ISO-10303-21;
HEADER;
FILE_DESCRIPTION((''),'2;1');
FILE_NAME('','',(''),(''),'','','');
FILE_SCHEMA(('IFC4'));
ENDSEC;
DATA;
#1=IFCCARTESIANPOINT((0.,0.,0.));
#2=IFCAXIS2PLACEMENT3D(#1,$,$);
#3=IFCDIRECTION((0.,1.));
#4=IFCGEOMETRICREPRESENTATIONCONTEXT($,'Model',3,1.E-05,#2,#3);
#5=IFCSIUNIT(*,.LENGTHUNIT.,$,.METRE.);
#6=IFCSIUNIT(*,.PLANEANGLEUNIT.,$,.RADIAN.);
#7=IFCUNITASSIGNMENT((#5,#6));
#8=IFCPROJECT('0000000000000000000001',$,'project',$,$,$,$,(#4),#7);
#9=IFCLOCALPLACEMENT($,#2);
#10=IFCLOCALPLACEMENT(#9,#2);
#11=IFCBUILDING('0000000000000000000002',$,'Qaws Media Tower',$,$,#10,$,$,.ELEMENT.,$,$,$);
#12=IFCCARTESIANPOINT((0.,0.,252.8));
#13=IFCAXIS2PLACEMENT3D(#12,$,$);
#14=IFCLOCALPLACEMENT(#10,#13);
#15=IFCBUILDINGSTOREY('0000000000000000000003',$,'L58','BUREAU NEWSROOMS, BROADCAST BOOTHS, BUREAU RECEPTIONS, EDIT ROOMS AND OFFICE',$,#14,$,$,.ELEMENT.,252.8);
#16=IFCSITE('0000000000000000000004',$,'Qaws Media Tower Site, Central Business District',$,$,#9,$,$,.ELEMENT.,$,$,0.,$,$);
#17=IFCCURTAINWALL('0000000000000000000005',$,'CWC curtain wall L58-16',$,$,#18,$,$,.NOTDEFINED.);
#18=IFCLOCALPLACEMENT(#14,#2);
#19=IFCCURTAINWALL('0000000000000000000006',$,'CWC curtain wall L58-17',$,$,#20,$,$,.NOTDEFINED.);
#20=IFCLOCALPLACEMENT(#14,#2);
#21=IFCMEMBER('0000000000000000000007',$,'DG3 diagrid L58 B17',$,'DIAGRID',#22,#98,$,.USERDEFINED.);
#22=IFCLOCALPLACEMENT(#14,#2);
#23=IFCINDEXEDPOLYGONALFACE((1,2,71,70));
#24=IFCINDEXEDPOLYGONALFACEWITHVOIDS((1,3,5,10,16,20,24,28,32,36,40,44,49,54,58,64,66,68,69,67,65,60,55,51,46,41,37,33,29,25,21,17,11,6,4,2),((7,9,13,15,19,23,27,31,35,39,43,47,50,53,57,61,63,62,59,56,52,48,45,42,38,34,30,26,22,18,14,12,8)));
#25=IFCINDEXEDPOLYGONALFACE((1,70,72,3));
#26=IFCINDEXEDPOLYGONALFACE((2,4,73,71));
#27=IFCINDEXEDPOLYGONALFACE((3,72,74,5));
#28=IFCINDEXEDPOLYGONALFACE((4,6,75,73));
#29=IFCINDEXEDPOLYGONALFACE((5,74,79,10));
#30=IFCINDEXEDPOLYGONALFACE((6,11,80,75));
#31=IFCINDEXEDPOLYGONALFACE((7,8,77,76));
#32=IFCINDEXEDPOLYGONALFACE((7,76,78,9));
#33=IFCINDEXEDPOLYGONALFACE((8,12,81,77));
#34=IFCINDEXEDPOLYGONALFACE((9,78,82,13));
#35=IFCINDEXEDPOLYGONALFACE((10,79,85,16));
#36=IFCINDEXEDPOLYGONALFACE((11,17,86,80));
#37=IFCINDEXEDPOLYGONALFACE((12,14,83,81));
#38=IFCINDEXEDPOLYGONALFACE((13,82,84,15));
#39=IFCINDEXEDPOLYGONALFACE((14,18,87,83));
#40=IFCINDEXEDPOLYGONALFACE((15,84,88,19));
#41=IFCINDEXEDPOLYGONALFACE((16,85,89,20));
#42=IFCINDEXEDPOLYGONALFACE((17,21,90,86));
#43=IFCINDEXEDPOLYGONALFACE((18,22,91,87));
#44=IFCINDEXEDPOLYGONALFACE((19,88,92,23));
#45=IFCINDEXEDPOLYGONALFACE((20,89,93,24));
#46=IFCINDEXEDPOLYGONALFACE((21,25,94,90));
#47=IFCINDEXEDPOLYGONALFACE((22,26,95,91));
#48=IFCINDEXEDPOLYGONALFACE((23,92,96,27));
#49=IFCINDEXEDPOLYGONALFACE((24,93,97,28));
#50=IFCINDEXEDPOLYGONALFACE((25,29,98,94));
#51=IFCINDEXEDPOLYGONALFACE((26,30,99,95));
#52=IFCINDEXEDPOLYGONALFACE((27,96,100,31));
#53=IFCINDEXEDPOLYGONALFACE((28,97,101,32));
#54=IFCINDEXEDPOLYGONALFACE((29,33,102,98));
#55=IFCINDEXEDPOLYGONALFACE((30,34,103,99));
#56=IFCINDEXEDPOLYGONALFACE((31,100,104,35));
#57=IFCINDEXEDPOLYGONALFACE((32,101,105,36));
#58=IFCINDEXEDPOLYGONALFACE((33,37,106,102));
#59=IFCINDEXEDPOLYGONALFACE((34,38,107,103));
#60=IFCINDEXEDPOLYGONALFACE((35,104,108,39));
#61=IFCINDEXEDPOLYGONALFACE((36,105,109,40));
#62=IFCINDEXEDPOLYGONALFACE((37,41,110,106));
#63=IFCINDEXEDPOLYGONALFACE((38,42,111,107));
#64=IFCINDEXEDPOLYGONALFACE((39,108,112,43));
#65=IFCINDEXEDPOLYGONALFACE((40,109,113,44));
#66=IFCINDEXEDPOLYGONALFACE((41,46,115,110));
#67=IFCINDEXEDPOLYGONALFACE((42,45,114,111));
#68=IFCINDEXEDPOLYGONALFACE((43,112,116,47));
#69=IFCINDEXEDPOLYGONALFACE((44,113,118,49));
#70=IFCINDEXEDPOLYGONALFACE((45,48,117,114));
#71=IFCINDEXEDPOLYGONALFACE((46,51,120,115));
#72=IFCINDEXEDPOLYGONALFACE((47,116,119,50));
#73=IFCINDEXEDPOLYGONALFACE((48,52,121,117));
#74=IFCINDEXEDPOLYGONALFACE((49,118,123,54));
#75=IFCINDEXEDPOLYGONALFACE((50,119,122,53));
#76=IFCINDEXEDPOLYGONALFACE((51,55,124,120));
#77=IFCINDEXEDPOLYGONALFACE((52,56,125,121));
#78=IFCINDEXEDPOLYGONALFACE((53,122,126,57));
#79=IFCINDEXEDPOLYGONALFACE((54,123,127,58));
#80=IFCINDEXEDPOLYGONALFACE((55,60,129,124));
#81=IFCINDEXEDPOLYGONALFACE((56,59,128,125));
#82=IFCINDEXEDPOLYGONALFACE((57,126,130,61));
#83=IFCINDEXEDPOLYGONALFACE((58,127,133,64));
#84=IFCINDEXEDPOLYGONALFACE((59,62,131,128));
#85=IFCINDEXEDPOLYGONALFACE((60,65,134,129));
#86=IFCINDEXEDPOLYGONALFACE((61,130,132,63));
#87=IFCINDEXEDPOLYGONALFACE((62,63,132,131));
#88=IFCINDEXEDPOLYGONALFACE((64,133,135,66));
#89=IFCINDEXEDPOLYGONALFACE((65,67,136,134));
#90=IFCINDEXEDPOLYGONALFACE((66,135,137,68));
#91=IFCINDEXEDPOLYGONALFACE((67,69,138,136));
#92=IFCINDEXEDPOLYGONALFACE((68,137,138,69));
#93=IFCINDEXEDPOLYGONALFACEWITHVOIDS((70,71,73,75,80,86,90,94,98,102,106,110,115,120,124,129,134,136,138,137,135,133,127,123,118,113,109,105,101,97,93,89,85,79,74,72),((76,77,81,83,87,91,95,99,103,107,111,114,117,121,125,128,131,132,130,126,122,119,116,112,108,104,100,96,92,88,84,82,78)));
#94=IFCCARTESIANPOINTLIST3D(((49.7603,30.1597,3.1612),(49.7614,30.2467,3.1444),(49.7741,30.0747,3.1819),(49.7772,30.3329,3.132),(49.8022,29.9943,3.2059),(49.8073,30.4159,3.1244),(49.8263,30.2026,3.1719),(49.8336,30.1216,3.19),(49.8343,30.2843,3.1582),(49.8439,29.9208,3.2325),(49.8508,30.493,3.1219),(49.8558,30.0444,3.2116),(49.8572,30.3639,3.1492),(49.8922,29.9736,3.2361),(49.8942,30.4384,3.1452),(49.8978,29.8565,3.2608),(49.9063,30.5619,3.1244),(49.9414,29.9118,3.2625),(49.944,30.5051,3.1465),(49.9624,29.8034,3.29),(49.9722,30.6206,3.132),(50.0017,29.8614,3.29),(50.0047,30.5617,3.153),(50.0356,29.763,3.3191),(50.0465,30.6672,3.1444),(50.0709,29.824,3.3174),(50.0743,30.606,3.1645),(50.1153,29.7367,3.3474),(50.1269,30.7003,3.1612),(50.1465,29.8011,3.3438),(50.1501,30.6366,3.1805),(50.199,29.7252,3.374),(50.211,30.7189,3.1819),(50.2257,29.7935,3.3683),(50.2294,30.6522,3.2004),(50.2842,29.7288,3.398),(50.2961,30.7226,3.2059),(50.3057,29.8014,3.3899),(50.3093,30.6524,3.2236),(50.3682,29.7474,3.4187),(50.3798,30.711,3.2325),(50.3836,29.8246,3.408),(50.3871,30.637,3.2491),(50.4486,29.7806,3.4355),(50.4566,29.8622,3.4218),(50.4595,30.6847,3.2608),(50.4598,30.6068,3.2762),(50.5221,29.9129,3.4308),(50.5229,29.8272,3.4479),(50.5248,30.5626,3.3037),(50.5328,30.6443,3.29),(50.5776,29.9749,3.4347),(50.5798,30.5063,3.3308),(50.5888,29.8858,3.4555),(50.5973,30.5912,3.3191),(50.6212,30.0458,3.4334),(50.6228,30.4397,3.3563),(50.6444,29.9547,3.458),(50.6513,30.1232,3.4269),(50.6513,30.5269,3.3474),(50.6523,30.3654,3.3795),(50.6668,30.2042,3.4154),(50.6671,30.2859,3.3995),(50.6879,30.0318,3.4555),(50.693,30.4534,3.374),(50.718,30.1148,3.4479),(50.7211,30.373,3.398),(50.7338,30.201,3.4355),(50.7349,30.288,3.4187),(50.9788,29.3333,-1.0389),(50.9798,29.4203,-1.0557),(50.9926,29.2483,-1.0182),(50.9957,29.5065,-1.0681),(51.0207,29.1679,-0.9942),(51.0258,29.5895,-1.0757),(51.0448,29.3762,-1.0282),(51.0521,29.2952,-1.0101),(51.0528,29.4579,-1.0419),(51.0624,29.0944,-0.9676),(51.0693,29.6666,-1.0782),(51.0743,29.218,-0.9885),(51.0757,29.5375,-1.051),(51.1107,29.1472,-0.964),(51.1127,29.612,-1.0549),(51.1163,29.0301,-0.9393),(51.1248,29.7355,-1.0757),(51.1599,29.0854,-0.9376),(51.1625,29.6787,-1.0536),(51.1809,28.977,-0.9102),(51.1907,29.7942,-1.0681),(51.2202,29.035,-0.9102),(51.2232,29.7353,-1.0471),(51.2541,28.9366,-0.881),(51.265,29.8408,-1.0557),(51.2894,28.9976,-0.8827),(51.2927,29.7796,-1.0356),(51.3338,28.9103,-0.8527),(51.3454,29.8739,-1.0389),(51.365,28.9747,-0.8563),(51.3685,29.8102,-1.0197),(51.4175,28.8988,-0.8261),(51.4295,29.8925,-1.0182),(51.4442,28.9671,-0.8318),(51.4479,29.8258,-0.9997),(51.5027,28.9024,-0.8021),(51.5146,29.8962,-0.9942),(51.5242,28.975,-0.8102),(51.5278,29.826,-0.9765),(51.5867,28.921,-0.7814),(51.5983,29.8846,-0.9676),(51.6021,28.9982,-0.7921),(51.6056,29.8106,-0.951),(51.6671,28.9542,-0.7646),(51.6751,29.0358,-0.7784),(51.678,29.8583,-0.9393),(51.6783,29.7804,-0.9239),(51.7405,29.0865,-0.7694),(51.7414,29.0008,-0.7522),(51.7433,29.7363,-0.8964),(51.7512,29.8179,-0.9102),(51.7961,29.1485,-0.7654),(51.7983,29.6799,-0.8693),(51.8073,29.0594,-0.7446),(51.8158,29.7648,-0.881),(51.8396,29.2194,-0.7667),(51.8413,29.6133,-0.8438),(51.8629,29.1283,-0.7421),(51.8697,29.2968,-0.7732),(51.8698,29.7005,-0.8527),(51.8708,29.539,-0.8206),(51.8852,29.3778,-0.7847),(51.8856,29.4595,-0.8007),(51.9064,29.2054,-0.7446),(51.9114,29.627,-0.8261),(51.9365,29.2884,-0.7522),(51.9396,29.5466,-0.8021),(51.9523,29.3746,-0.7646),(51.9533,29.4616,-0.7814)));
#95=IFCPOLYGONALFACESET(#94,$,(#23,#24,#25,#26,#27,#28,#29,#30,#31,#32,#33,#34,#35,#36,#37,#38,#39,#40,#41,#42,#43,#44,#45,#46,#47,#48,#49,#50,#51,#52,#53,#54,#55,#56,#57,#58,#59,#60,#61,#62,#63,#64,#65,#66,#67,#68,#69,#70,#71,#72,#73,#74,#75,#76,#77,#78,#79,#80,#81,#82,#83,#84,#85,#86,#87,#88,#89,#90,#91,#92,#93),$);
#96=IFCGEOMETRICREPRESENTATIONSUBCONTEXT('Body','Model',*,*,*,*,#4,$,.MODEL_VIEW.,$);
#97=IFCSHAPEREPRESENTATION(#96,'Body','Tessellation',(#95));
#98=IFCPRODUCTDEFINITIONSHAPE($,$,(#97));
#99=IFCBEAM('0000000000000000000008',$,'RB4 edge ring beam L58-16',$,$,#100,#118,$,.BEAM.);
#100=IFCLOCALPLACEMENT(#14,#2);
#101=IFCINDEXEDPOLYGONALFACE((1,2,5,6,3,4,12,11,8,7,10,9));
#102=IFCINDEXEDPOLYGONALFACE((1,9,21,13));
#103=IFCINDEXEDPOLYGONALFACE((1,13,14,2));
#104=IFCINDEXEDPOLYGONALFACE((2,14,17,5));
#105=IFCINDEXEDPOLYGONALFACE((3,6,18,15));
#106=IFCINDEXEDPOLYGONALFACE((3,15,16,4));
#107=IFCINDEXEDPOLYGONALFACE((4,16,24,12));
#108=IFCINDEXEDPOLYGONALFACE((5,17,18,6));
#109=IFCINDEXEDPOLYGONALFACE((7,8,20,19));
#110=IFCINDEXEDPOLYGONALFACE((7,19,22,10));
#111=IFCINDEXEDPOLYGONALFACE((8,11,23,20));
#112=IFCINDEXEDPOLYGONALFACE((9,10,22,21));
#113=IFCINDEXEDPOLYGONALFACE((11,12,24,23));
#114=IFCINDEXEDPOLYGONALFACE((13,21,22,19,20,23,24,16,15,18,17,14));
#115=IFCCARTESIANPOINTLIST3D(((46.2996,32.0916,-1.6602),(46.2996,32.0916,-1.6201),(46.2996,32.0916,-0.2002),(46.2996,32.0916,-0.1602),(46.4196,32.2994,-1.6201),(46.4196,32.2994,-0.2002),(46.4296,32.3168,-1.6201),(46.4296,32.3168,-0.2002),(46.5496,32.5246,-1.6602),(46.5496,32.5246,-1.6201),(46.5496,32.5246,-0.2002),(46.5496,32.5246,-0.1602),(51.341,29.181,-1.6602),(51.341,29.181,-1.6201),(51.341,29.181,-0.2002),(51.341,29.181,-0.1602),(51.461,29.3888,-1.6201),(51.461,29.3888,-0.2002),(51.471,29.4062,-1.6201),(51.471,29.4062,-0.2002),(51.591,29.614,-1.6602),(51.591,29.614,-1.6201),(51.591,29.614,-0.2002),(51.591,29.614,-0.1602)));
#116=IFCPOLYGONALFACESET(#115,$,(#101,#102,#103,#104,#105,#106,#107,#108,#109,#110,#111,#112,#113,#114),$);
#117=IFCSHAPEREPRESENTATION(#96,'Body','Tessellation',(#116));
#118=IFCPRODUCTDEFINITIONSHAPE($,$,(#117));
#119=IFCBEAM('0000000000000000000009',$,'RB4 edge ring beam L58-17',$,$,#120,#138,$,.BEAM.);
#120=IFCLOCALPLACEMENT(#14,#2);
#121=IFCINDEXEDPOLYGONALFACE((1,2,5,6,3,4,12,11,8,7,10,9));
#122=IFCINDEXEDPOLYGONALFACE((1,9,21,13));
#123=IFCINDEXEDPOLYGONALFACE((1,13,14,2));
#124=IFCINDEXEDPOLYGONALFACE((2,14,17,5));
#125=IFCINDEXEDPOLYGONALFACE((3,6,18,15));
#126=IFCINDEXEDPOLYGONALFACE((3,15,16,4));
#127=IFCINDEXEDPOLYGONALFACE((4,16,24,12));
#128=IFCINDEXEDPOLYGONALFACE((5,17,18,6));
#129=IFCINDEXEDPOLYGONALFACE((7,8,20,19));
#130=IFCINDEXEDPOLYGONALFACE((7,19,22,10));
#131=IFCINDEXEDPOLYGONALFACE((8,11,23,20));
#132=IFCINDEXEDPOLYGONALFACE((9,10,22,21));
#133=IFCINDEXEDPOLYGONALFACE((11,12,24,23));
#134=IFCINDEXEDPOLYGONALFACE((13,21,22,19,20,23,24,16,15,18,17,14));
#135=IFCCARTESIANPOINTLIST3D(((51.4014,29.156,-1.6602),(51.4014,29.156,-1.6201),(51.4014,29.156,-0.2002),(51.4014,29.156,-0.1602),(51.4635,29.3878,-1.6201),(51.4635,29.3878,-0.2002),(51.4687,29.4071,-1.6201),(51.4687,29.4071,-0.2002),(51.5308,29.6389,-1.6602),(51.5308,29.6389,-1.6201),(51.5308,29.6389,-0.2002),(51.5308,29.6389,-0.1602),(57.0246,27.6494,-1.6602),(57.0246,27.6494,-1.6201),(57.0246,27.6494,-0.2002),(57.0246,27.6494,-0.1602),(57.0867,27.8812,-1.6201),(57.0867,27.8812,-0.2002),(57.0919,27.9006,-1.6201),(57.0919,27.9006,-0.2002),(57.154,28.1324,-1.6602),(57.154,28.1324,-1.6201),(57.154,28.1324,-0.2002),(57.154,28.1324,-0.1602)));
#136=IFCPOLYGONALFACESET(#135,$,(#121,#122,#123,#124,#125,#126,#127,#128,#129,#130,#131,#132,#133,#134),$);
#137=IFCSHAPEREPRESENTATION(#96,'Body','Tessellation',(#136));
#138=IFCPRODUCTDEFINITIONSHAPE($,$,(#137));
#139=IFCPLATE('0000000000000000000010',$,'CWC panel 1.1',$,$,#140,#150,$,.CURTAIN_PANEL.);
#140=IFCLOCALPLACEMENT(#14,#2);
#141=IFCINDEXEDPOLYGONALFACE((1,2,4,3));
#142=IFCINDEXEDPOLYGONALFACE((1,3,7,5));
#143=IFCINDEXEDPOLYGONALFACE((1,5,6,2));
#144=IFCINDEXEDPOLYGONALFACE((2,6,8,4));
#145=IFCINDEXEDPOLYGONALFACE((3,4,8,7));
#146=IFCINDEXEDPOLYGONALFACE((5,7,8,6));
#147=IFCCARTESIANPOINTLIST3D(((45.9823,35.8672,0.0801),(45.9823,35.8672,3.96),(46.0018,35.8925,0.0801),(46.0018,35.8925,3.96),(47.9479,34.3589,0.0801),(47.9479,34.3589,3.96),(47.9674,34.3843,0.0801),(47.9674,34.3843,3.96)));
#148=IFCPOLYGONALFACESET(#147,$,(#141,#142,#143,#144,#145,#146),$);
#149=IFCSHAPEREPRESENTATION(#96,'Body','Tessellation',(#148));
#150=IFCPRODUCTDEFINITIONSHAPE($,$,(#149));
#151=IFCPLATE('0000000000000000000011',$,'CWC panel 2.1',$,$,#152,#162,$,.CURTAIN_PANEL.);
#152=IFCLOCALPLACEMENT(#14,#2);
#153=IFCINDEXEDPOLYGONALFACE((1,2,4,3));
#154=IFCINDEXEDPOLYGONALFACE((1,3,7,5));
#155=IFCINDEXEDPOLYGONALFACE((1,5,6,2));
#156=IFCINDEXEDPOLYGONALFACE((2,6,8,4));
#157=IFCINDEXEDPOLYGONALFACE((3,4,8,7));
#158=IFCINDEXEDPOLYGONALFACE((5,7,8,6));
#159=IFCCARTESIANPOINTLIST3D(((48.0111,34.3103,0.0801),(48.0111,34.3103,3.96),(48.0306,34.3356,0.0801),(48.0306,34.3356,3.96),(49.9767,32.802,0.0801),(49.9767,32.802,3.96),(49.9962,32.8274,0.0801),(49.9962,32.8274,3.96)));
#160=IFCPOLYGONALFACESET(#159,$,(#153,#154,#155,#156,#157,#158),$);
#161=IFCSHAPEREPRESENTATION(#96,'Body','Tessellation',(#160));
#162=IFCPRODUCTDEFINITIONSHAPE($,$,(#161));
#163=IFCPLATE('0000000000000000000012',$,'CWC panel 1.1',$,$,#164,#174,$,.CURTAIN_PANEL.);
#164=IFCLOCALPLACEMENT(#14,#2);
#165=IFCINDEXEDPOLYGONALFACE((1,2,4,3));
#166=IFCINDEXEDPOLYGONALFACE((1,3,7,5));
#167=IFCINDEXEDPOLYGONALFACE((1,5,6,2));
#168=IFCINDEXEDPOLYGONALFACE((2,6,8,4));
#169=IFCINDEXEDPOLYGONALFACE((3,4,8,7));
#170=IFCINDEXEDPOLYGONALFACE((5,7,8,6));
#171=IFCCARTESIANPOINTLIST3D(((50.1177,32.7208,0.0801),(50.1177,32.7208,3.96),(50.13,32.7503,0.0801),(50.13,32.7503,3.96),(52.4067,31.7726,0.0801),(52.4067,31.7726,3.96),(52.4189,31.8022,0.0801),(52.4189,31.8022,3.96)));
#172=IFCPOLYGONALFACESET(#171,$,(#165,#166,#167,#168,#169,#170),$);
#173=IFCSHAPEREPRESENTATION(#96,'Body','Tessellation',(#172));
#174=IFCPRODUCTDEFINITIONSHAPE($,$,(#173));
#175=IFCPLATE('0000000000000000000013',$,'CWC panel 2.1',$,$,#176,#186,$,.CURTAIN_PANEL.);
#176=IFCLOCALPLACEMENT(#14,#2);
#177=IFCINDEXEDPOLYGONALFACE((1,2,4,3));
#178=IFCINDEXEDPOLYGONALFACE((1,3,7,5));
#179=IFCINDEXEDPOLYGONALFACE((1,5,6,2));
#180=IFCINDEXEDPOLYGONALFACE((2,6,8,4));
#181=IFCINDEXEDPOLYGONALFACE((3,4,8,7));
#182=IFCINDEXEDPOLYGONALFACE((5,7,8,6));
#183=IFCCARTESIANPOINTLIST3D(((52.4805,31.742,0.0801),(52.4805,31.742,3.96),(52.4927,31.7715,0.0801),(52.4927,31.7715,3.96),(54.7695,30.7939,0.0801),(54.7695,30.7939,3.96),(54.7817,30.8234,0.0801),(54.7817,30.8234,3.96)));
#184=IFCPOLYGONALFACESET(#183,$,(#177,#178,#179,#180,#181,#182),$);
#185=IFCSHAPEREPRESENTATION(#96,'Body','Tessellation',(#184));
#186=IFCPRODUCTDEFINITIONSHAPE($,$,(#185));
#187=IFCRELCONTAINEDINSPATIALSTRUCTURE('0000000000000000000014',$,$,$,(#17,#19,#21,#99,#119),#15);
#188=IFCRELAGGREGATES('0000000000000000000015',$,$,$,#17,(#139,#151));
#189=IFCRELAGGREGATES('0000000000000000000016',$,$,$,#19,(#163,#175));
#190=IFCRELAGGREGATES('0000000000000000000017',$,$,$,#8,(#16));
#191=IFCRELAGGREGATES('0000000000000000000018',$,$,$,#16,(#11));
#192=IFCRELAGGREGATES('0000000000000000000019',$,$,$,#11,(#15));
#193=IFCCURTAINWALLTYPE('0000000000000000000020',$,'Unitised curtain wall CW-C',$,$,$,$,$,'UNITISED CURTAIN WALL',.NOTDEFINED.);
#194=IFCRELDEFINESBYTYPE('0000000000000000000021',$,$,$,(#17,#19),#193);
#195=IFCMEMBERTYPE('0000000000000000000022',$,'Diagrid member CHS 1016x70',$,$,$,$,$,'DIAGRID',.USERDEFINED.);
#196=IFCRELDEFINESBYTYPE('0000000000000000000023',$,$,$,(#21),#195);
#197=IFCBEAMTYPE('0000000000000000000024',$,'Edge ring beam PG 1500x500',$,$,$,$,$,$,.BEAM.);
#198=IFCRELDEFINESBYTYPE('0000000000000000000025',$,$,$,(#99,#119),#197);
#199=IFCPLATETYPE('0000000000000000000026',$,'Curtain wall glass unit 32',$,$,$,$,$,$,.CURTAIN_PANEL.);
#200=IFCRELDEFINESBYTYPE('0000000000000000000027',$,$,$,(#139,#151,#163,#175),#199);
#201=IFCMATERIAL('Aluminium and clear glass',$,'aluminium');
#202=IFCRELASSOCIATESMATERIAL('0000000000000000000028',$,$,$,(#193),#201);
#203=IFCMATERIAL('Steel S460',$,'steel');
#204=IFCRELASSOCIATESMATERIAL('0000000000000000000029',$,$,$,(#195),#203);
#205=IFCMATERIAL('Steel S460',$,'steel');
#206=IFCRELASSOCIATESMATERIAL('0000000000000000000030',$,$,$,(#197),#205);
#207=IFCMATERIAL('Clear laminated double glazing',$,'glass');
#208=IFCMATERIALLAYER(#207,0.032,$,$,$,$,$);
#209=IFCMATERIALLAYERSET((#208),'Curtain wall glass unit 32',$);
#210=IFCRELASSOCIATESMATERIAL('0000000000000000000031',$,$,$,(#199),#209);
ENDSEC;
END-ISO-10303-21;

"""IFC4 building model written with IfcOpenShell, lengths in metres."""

from ifc_helpers import new_model, si_unit, direction, frame, origin, origin_2d, place, context, subcontext, project, spatial, rectangle, hollow_circle, i_section, extrude, material, layer, layer_set, material_profile, profile_set, type_object, element, aggregate, save


model = new_model("IFC4")

# Units and contexts
model_context = context("Model", 3, precision=1e-05, world=origin(), true_north=direction((0.0, 1.0)))
body_context = subcontext(model_context, "Body", "Model", "MODEL_VIEW")
ifc_project = project(units=[si_unit("LENGTHUNIT", "METRE"), si_unit("PLANEANGLEUNIT", "RADIAN")], contexts=[model_context])

# Site, building, storey
site_placement = place(None, origin())
site = spatial("IfcSite", under=ifc_project, at=site_placement, Name="Qaws Media Tower Site, Central Business District", CompositionType="ELEMENT", RefElevation=0.0)
building_placement = place(site_placement, origin())
building = spatial("IfcBuilding", under=site, at=building_placement, Name="Qaws Media Tower", CompositionType="ELEMENT")
storey_placement = place(building_placement, frame((0.0, 0.0, 252.8)))
storey = spatial("IfcBuildingStorey", under=building, at=storey_placement, Name="L58", Description="BUREAU NEWSROOMS, BROADCAST BOOTHS, BUREAU RECEPTIONS, EDIT ROOMS AND OFFICE", CompositionType="ELEMENT", Elevation=252.8)

# Curtain walls
ifc_material_1 = material(Name="Aluminium and clear glass", Category="aluminium")
curtain_wall_type = type_object("IfcCurtainWallType", Name="Unitised curtain wall CW-C", ElementType="UNITISED CURTAIN WALL", PredefinedType="NOTDEFINED", material=ifc_material_1)
curtain_wall_1_placement = place(storey_placement, origin())
curtain_wall_1 = element("IfcCurtainWall", 1, at=curtain_wall_1_placement, inside=storey, type_object=curtain_wall_type, Name="CWC curtain wall L58-16", PredefinedType="NOTDEFINED")
curtain_wall_2_placement = place(storey_placement, origin())
curtain_wall_2 = element("IfcCurtainWall", 2, at=curtain_wall_2_placement, inside=storey, type_object=curtain_wall_type, Name="CWC curtain wall L58-17", PredefinedType="NOTDEFINED")

# Member
ifc_material_2 = material(Name="Steel S460", Category="steel")
ifc_material_profile_1 = material_profile(ifc_material_2, hollow_circle(Radius=0.5081, WallThickness=0.0701, at=origin_2d()), Name="CHS 1016x70")
ifc_profile_set_1 = profile_set([ifc_material_profile_1], Name="Steel S460")
member_type_1 = type_object("IfcMemberType", Name="Diagrid member CHS 1016x70", ElementType="DIAGRID", PredefinedType="USERDEFINED", material=ifc_profile_set_1)
member_1_placement = place(storey_placement, frame((51.4661, 29.3975, -0.9102), z_axis=(-0.273774, 0.185679, 0.943701), x_axis=(-0.561303, -0.827611, 0.0)))
element("IfcMember", 3, at=member_1_placement, inside=storey, type_object=member_type_1, Name="DG3 diagrid L58 B17", ObjectType="DIAGRID", PredefinedType="USERDEFINED", context=body_context, shape_type="SweptSolid", body=[
    extrude(hollow_circle(Radius=0.5081, WallThickness=0.0701, at=origin_2d()), origin(), (0.0, 0.0, 1.0), 4.4507),
])

# Beams
ifc_material_3 = material(Name="Steel S460", Category="steel")
ifc_material_profile_2 = material_profile(ifc_material_3, i_section(OverallWidth=0.5, OverallDepth=1.5, WebThickness=0.02, FlangeThickness=0.04, at=origin_2d()), Name="PG 1500x500")
ifc_profile_set_2 = profile_set([ifc_material_profile_2], Name="Steel S460")
beam_type = type_object("IfcBeamType", Name="Edge ring beam PG 1500x500", PredefinedType="BEAM", material=ifc_profile_set_2)
beam_1_placement = place(storey_placement, frame((46.4246, 32.3081, -0.9102), z_axis=(0.866031, -0.499991, 0.0), x_axis=(0.499991, 0.866031, 0.0)))
element("IfcBeam", 4, at=beam_1_placement, inside=storey, type_object=beam_type, Name="RB4 edge ring beam L58-16", PredefinedType="BEAM", context=body_context, shape_type="SweptSolid", body=[
    extrude(i_section(OverallWidth=0.5, OverallDepth=1.5, WebThickness=0.02, FlangeThickness=0.04, at=origin_2d()), origin(), (0.0, 0.0, 1.0), 5.8213),
])
beam_2_placement = place(storey_placement, frame((51.4661, 29.3975, -0.9102), z_axis=(0.965933, -0.258793, 0.0), x_axis=(0.258793, 0.965933, 0.0)))
element("IfcBeam", 5, at=beam_2_placement, inside=storey, type_object=beam_type, Name="RB4 edge ring beam L58-17", PredefinedType="BEAM", context=body_context, shape_type="SweptSolid", body=[
    extrude(i_section(OverallWidth=0.5, OverallDepth=1.5, WebThickness=0.02, FlangeThickness=0.04, at=origin_2d()), origin(), (0.0, 0.0, 1.0), 5.8215),
])

# Plates
ifc_material_4 = material(Name="Clear laminated double glazing", Category="glass")
ifc_layer_1 = layer(ifc_material_4, 0.032)
ifc_layer_set_1 = layer_set([ifc_layer_1], Name="Curtain wall glass unit 32")
plate_type_1 = type_object("IfcPlateType", Name="Curtain wall glass unit 32", PredefinedType="CURTAIN_PANEL", material=ifc_layer_set_1)
plate_1_placement = place(storey_placement, frame((46.9749, 35.1257, 0.0801), z_axis=(0.0, 0.0, 1.0), x_axis=(0.793353, -0.608761, 0.0)))
plate_1 = element("IfcPlate", 6, at=plate_1_placement, type_object=plate_type_1, Name="CWC panel 1.1", PredefinedType="CURTAIN_PANEL", context=body_context, shape_type="SweptSolid", body=[
    extrude(rectangle(XDim=2.4775, YDim=0.032, at=origin_2d()), origin(), (0.0, 0.0, 1.0), 3.8799),
])
plate_2_placement = place(storey_placement, frame((49.0037, 33.5688, 0.0801), z_axis=(0.0, 0.0, 1.0), x_axis=(0.793353, -0.608761, 0.0)))
plate_2 = element("IfcPlate", 7, at=plate_2_placement, type_object=plate_type_1, Name="CWC panel 2.1", PredefinedType="CURTAIN_PANEL", context=body_context, shape_type="SweptSolid", body=[
    extrude(rectangle(XDim=2.4775, YDim=0.032, at=origin_2d()), origin(), (0.0, 0.0, 1.0), 3.8799),
])
aggregate(curtain_wall_1, [plate_1, plate_2])
plate_3_placement = place(storey_placement, frame((51.2683, 32.2615, 0.0801), z_axis=(0.0, 0.0, 1.0), x_axis=(0.92388, -0.382683, 0.0)))
plate_3 = element("IfcPlate", 8, at=plate_3_placement, type_object=plate_type_1, Name="CWC panel 1.1", PredefinedType="CURTAIN_PANEL", context=body_context, shape_type="SweptSolid", body=[
    extrude(rectangle(XDim=2.4775, YDim=0.032, at=origin_2d()), origin(), (0.0, 0.0, 1.0), 3.8799),
])
plate_4_placement = place(storey_placement, frame((53.6311, 31.2827, 0.0801), z_axis=(0.0, 0.0, 1.0), x_axis=(0.92388, -0.382683, 0.0)))
plate_4 = element("IfcPlate", 9, at=plate_4_placement, type_object=plate_type_1, Name="CWC panel 2.1", PredefinedType="CURTAIN_PANEL", context=body_context, shape_type="SweptSolid", body=[
    extrude(rectangle(XDim=2.4775, YDim=0.032, at=origin_2d()), origin(), (0.0, 0.0, 1.0), 3.8799),
])
aggregate(curtain_wall_2, [plate_3, plate_4])

save(model, "model.ifc")
